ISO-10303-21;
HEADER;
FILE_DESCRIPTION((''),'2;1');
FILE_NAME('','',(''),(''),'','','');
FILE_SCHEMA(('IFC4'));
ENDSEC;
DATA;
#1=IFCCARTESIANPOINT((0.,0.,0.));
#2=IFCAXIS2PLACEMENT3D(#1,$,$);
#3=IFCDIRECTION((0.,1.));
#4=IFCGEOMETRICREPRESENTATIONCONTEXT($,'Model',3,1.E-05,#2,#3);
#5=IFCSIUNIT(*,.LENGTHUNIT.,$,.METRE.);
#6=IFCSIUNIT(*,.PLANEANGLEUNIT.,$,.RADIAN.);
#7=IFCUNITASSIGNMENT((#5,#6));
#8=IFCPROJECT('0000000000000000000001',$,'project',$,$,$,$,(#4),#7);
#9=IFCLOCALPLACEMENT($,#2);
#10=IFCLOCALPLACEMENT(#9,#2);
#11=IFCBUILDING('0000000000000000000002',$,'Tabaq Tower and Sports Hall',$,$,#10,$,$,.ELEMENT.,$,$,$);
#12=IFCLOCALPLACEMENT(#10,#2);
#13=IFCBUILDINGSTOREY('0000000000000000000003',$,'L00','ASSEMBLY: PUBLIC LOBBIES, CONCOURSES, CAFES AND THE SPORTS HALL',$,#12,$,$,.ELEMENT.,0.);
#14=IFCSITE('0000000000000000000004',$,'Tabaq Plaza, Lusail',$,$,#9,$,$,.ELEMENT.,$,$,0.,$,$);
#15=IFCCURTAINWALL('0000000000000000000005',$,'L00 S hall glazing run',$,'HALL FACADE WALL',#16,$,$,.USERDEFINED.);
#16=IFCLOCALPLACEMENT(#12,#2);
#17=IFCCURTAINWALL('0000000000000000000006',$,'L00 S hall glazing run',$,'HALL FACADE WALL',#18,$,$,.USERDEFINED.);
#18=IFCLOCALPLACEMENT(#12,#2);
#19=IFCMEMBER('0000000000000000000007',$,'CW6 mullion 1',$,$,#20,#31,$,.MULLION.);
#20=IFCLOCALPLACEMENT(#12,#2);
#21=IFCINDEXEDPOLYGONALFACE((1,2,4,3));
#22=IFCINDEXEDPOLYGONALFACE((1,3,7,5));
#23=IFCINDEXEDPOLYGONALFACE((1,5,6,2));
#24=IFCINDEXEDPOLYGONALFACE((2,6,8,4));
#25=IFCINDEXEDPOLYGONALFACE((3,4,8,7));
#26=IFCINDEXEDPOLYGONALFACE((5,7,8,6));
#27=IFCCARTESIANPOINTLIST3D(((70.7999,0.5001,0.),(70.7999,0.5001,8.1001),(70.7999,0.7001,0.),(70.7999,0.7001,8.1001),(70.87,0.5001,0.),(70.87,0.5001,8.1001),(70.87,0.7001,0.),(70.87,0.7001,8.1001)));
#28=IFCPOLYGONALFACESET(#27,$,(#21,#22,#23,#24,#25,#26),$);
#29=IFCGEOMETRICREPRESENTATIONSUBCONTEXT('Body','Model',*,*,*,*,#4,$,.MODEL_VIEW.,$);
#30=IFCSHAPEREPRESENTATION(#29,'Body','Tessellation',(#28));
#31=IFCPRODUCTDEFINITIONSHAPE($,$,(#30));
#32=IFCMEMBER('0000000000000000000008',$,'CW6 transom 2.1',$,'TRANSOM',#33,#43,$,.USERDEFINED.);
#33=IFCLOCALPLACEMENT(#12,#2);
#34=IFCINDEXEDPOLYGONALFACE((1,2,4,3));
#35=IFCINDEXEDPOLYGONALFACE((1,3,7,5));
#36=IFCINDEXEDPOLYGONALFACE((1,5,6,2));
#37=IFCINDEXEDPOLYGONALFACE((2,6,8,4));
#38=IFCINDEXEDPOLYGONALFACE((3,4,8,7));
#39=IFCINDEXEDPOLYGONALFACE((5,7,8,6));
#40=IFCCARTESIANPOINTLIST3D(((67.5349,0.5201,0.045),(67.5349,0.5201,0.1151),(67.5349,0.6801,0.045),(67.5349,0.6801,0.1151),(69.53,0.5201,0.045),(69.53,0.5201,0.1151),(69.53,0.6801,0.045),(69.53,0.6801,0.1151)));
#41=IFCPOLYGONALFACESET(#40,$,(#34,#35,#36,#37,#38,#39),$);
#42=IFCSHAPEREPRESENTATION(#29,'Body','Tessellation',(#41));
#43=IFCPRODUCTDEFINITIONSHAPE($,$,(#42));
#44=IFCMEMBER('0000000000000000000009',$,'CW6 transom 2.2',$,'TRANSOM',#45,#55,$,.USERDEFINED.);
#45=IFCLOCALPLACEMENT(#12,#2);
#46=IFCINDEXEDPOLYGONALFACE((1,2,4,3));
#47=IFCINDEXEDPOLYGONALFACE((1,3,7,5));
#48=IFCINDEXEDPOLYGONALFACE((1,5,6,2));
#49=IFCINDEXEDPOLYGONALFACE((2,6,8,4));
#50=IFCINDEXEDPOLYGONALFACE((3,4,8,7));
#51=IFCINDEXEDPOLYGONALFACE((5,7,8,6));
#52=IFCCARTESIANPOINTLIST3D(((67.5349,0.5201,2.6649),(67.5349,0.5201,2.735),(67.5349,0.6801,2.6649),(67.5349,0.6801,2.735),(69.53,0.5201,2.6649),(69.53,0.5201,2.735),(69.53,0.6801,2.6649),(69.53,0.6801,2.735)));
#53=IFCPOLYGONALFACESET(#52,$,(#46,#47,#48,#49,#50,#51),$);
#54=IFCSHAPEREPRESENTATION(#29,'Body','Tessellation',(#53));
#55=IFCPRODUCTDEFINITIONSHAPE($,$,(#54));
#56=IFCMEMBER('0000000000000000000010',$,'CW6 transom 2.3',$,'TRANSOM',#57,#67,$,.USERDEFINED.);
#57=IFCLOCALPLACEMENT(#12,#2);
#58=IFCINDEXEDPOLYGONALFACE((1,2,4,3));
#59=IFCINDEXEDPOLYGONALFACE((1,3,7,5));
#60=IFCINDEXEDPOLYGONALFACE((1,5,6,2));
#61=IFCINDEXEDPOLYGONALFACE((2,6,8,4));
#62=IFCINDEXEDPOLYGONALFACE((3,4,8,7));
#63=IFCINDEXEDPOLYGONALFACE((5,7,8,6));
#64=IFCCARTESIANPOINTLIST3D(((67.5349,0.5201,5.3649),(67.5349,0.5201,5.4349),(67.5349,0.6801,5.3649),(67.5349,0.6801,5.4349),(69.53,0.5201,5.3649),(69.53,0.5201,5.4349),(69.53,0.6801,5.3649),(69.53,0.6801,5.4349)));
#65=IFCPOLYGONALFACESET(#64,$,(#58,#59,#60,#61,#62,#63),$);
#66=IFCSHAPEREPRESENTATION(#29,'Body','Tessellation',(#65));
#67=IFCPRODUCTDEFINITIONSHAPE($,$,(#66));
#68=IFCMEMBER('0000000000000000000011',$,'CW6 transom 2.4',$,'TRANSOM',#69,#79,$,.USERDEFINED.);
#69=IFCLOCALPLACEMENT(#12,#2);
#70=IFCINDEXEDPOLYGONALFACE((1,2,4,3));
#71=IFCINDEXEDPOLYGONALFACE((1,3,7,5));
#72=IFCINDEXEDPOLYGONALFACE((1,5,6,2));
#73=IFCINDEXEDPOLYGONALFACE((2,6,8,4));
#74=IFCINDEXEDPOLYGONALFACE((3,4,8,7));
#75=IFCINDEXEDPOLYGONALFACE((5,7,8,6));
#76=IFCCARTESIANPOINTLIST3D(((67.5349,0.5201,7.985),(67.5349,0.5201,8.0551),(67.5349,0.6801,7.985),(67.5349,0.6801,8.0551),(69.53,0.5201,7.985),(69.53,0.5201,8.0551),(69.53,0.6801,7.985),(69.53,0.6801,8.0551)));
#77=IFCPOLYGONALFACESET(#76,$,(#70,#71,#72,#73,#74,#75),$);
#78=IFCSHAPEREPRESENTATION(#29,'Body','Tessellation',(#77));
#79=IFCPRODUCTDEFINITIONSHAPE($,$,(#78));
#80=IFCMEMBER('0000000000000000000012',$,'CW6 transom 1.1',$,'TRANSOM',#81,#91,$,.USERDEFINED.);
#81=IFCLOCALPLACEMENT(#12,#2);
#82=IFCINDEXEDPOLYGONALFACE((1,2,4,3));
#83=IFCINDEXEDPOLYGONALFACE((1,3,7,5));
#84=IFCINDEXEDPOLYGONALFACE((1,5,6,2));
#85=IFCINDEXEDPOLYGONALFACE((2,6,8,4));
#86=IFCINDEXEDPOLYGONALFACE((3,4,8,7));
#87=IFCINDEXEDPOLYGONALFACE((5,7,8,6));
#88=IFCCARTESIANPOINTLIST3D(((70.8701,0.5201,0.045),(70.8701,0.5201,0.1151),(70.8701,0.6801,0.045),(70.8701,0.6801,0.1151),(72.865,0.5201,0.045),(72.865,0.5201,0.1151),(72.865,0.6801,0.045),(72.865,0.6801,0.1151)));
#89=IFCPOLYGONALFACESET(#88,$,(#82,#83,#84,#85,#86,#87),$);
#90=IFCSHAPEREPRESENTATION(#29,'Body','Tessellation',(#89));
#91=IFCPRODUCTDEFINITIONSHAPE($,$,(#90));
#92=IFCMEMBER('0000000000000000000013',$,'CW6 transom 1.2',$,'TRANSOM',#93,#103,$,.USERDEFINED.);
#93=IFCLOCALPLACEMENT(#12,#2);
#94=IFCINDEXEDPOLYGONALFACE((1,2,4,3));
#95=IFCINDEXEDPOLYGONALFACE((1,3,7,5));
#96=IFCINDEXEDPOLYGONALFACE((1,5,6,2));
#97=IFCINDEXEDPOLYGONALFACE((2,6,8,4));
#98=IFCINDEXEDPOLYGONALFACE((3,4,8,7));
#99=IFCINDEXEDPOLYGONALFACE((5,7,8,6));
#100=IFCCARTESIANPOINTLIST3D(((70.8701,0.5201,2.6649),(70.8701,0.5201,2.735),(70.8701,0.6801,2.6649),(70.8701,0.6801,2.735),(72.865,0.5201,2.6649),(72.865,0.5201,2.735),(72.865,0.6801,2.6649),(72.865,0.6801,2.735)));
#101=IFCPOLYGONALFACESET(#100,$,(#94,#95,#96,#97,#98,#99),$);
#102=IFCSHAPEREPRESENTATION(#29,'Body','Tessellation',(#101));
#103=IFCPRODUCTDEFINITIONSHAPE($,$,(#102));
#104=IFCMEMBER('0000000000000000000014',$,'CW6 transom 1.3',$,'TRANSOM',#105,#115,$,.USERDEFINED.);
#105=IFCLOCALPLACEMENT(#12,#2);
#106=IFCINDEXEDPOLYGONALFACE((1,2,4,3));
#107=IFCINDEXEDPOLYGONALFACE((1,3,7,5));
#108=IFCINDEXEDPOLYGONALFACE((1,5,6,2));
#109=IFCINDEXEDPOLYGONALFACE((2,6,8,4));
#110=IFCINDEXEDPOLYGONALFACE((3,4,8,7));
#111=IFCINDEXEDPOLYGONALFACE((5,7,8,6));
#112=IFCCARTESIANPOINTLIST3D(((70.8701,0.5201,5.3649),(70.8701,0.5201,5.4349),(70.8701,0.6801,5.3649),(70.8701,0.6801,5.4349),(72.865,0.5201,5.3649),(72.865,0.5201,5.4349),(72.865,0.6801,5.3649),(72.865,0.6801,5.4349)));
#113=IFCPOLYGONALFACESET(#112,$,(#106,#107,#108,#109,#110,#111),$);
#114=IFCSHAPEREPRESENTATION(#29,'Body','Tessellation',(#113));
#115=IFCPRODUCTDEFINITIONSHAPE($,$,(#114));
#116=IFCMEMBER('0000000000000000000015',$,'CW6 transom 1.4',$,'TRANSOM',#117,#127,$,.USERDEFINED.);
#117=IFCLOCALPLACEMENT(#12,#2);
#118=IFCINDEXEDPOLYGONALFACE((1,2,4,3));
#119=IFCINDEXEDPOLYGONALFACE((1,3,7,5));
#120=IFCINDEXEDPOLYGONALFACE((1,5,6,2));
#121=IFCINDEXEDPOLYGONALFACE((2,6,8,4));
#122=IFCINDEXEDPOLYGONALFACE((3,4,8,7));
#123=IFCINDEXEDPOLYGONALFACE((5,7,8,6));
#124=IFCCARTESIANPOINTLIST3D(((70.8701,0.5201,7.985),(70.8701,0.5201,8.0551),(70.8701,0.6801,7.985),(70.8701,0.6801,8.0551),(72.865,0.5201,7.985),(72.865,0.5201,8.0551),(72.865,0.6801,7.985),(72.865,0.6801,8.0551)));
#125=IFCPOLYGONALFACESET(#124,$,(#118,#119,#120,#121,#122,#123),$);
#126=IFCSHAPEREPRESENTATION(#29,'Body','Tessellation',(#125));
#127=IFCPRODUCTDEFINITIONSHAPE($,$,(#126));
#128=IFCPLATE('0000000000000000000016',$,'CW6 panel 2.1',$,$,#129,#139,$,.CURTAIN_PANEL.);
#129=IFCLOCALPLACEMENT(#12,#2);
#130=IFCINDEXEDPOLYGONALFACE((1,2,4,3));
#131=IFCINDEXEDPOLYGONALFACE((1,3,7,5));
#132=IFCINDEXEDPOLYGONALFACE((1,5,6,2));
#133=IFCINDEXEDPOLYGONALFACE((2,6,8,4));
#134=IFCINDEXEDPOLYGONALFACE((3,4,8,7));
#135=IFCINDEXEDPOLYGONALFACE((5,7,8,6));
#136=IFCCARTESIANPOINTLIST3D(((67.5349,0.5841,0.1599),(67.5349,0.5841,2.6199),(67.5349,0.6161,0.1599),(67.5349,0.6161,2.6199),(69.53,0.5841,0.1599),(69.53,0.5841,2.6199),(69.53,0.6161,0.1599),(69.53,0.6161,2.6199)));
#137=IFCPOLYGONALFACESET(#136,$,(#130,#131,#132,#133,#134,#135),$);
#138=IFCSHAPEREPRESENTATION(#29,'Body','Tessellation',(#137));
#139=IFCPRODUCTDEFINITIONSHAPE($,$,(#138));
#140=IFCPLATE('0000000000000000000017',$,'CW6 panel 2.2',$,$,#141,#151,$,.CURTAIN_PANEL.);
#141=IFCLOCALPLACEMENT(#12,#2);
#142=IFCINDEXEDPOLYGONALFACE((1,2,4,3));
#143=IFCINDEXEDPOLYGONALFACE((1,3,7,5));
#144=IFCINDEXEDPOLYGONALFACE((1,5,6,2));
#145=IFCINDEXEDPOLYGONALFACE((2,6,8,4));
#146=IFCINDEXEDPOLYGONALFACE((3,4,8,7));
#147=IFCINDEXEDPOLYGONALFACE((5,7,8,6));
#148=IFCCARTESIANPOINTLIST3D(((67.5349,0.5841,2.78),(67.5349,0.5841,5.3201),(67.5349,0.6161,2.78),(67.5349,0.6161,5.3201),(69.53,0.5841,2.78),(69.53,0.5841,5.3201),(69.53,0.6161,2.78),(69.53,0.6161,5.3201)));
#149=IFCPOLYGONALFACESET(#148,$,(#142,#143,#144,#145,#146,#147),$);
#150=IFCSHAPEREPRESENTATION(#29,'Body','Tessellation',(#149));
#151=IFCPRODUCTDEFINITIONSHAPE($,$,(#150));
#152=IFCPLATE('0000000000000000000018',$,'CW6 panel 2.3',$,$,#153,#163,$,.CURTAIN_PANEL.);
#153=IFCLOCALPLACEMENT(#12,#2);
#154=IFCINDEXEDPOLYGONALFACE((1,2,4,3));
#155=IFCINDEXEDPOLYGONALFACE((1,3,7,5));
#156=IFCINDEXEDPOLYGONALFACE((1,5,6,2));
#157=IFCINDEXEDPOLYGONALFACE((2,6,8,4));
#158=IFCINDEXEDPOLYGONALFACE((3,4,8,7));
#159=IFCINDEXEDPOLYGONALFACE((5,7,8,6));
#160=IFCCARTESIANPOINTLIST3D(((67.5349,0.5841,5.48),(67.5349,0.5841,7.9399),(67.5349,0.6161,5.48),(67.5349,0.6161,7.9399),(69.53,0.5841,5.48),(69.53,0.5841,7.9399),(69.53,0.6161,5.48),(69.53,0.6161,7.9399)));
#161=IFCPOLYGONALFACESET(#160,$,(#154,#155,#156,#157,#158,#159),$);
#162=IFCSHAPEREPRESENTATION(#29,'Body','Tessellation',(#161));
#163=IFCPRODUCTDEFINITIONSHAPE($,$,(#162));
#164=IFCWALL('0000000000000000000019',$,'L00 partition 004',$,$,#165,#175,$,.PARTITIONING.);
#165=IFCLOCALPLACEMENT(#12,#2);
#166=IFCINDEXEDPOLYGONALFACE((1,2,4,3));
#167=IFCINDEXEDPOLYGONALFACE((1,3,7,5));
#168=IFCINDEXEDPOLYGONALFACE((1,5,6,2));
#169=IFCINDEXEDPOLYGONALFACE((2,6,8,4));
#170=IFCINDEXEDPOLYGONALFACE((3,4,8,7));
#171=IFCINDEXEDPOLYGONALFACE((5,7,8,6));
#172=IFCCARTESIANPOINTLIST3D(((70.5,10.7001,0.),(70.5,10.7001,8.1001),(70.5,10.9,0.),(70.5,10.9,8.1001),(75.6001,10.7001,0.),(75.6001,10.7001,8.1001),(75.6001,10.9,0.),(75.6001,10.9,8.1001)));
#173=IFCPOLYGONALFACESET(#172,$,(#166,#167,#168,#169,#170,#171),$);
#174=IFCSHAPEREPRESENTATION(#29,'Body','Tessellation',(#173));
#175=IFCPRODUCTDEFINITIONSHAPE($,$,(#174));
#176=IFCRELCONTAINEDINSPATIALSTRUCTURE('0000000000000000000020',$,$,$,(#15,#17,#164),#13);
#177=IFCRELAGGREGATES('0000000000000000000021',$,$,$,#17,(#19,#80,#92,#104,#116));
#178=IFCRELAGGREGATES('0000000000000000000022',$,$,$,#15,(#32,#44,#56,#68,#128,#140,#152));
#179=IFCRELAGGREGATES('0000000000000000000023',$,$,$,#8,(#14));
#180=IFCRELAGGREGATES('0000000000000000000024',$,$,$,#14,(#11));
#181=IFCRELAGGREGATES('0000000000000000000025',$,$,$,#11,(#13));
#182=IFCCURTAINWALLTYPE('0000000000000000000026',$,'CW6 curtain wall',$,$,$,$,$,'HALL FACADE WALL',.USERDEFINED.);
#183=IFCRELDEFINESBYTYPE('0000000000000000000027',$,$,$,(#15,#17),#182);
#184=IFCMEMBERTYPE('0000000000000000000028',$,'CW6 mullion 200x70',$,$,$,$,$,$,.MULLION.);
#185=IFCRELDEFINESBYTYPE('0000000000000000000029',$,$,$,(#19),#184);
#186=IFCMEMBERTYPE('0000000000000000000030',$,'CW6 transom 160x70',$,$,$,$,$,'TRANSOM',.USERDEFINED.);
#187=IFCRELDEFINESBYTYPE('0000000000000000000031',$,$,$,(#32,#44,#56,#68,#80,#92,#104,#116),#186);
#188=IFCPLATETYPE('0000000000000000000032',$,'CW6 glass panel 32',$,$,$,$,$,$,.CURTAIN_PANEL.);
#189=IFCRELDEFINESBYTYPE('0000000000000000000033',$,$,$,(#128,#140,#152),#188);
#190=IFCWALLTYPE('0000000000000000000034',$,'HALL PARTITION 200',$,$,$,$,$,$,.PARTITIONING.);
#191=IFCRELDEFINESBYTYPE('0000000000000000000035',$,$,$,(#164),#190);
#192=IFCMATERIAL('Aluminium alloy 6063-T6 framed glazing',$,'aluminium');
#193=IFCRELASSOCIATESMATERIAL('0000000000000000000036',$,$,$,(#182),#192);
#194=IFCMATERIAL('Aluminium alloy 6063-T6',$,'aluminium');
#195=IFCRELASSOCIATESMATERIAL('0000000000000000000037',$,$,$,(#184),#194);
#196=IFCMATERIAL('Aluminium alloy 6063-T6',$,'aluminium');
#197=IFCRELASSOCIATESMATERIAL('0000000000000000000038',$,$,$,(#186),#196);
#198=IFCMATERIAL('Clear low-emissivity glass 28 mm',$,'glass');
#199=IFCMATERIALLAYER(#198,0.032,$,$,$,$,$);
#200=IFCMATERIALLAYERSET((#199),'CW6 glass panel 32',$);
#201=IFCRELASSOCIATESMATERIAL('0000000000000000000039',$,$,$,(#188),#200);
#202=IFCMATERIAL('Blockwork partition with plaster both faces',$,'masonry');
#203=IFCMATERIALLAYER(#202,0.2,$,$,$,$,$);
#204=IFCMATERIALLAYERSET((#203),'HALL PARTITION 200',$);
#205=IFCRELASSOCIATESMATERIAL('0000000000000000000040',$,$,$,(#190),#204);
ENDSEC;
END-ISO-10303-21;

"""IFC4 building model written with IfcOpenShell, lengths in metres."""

from ifc_helpers import new_model, si_unit, direction, frame, frame_2d, origin, origin_2d, place, context, subcontext, project, spatial, rectangle, extrude, material, layer, layer_set, material_profile, profile_set, type_object, element, aggregate, save


model = new_model("IFC4")

# Units and contexts
model_context = context("Model", 3, precision=1e-05, world=origin(), true_north=direction((0.0, 1.0)))
body_context = subcontext(model_context, "Body", "Model", "MODEL_VIEW")
ifc_project = project(units=[si_unit("LENGTHUNIT", "METRE"), si_unit("PLANEANGLEUNIT", "RADIAN")], contexts=[model_context])

# Site, building, storey
site_placement = place(None, origin())
site = spatial("IfcSite", under=ifc_project, at=site_placement, Name="Tabaq Plaza, Lusail", CompositionType="ELEMENT", RefElevation=0.0)
building_placement = place(site_placement, origin())
building = spatial("IfcBuilding", under=site, at=building_placement, Name="Tabaq Tower and Sports Hall", CompositionType="ELEMENT")
storey_placement = place(building_placement, origin())
storey = spatial("IfcBuildingStorey", under=building, at=storey_placement, Name="L00", Description="ASSEMBLY: PUBLIC LOBBIES, CONCOURSES, CAFES AND THE SPORTS HALL", CompositionType="ELEMENT", Elevation=0.0)

# Curtain wall
ifc_material_1 = material(Name="Aluminium alloy 6063-T6 framed glazing", Category="aluminium")
curtain_wall_type = type_object("IfcCurtainWallType", Name="CW6 curtain wall", ElementType="HALL FACADE WALL", PredefinedType="USERDEFINED", material=ifc_material_1)
curtain_wall_1_placement = place(storey_placement, origin())
curtain_wall_1 = element("IfcCurtainWall", 1, at=curtain_wall_1_placement, inside=storey, type_object=curtain_wall_type, Name="L00 S hall glazing run", ObjectType="HALL FACADE WALL", PredefinedType="USERDEFINED")
ifc_material_2 = material(Name="Aluminium alloy 6063-T6", Category="aluminium")
ifc_material_profile_1 = material_profile(ifc_material_2, rectangle(XDim=0.2, YDim=0.0701, at=origin_2d()), Name="MULLION 200x70")
ifc_profile_set_1 = profile_set([ifc_material_profile_1], Name="Aluminium alloy 6063-T6")
member_type_1 = type_object("IfcMemberType", Name="CW6 mullion 200x70", PredefinedType="MULLION", material=ifc_profile_set_1)

# Curtain wall, member
curtain_wall_2_placement = place(storey_placement, origin())
curtain_wall_2 = element("IfcCurtainWall", 2, at=curtain_wall_2_placement, inside=storey, type_object=curtain_wall_type, Name="L00 S hall glazing run", ObjectType="HALL FACADE WALL", PredefinedType="USERDEFINED")
member_1_placement = place(storey_placement, frame((70.835, 0.6001, 0.0), z_axis=(0.0, 0.0, 1.0), x_axis=(0.0, 1.0, 0.0)))
member_1 = element("IfcMember", 3, at=member_1_placement, type_object=member_type_1, Name="CW6 mullion 1", PredefinedType="MULLION", context=body_context, shape_type="SweptSolid", body=[
    extrude(rectangle(XDim=0.2, YDim=0.0701, at=origin_2d()), origin(), (0.0, 0.0, 1.0), 8.1001),
])

# Members
ifc_material_3 = material(Name="Aluminium alloy 6063-T6", Category="aluminium")
ifc_material_profile_2 = material_profile(ifc_material_3, rectangle(XDim=0.1599, YDim=0.0701, at=origin_2d()), Name="TRANSOM 160x70")
ifc_profile_set_2 = profile_set([ifc_material_profile_2], Name="Aluminium alloy 6063-T6")
member_type_2 = type_object("IfcMemberType", Name="CW6 transom 160x70", ElementType="TRANSOM", PredefinedType="USERDEFINED", material=ifc_profile_set_2)
member_2_placement = place(storey_placement, frame((67.5349, 0.6001, 0.0801), z_axis=(1.0, 0.0, 0.0), x_axis=(0.0, 1.0, 0.0)))
member_2 = element("IfcMember", 4, at=member_2_placement, type_object=member_type_2, Name="CW6 transom 2.1", ObjectType="TRANSOM", PredefinedType="USERDEFINED", context=body_context, shape_type="SweptSolid", body=[
    extrude(rectangle(XDim=0.1599, YDim=0.0701, at=origin_2d()), origin(), (0.0, 0.0, 1.0), 1.9951),
])
member_3_placement = place(storey_placement, frame((67.5349, 0.6001, 2.7), z_axis=(1.0, 0.0, 0.0), x_axis=(0.0, 1.0, 0.0)))
member_3 = element("IfcMember", 5, at=member_3_placement, type_object=member_type_2, Name="CW6 transom 2.2", ObjectType="TRANSOM", PredefinedType="USERDEFINED", context=body_context, shape_type="SweptSolid", body=[
    extrude(rectangle(XDim=0.1599, YDim=0.0701, at=origin_2d()), origin(), (0.0, 0.0, 1.0), 1.9951),
])
member_4_placement = place(storey_placement, frame((67.5349, 0.6001, 5.3999), z_axis=(1.0, 0.0, 0.0), x_axis=(0.0, 1.0, 0.0)))
member_4 = element("IfcMember", 6, at=member_4_placement, type_object=member_type_2, Name="CW6 transom 2.3", ObjectType="TRANSOM", PredefinedType="USERDEFINED", context=body_context, shape_type="SweptSolid", body=[
    extrude(rectangle(XDim=0.1599, YDim=0.0701, at=origin_2d()), origin(), (0.0, 0.0, 1.0), 1.9951),
])
member_5_placement = place(storey_placement, frame((67.5349, 0.6001, 8.02), z_axis=(1.0, 0.0, 0.0), x_axis=(0.0, 1.0, 0.0)))
member_5 = element("IfcMember", 7, at=member_5_placement, type_object=member_type_2, Name="CW6 transom 2.4", ObjectType="TRANSOM", PredefinedType="USERDEFINED", context=body_context, shape_type="SweptSolid", body=[
    extrude(rectangle(XDim=0.1599, YDim=0.0701, at=origin_2d()), origin(), (0.0, 0.0, 1.0), 1.9951),
])
member_6_placement = place(storey_placement, frame((70.8701, 0.6001, 0.0801), z_axis=(1.0, 0.0, 0.0), x_axis=(0.0, 1.0, 0.0)))
member_6 = element("IfcMember", 8, at=member_6_placement, type_object=member_type_2, Name="CW6 transom 1.1", ObjectType="TRANSOM", PredefinedType="USERDEFINED", context=body_context, shape_type="SweptSolid", body=[
    extrude(rectangle(XDim=0.1599, YDim=0.0701, at=origin_2d()), origin(), (0.0, 0.0, 1.0), 1.9949),
])
member_7_placement = place(storey_placement, frame((70.8701, 0.6001, 2.7), z_axis=(1.0, 0.0, 0.0), x_axis=(0.0, 1.0, 0.0)))
member_7 = element("IfcMember", 9, at=member_7_placement, type_object=member_type_2, Name="CW6 transom 1.2", ObjectType="TRANSOM", PredefinedType="USERDEFINED", context=body_context, shape_type="SweptSolid", body=[
    extrude(rectangle(XDim=0.1599, YDim=0.0701, at=origin_2d()), origin(), (0.0, 0.0, 1.0), 1.9949),
])
member_8_placement = place(storey_placement, frame((70.8701, 0.6001, 5.3999), z_axis=(1.0, 0.0, 0.0), x_axis=(0.0, 1.0, 0.0)))
member_8 = element("IfcMember", 10, at=member_8_placement, type_object=member_type_2, Name="CW6 transom 1.3", ObjectType="TRANSOM", PredefinedType="USERDEFINED", context=body_context, shape_type="SweptSolid", body=[
    extrude(rectangle(XDim=0.1599, YDim=0.0701, at=origin_2d()), origin(), (0.0, 0.0, 1.0), 1.9949),
])
member_9_placement = place(storey_placement, frame((70.8701, 0.6001, 8.02), z_axis=(1.0, 0.0, 0.0), x_axis=(0.0, 1.0, 0.0)))
member_9 = element("IfcMember", 11, at=member_9_placement, type_object=member_type_2, Name="CW6 transom 1.4", ObjectType="TRANSOM", PredefinedType="USERDEFINED", context=body_context, shape_type="SweptSolid", body=[
    extrude(rectangle(XDim=0.1599, YDim=0.0701, at=origin_2d()), origin(), (0.0, 0.0, 1.0), 1.9949),
])
aggregate(curtain_wall_2, [member_1, member_6, member_7, member_8, member_9])

# Plates
ifc_material_4 = material(Name="Clear low-emissivity glass 28 mm", Category="glass")
ifc_layer_1 = layer(ifc_material_4, 0.032)
ifc_layer_set_1 = layer_set([ifc_layer_1], Name="CW6 glass panel 32")
plate_type = type_object("IfcPlateType", Name="CW6 glass panel 32", PredefinedType="CURTAIN_PANEL", material=ifc_layer_set_1)
plate_1_placement = place(storey_placement, frame((68.5325, 0.6001, 0.1599), z_axis=(0.0, 0.0, 1.0), x_axis=(1.0, 0.0, 0.0)))
plate_1 = element("IfcPlate", 12, at=plate_1_placement, type_object=plate_type, Name="CW6 panel 2.1", PredefinedType="CURTAIN_PANEL", context=body_context, shape_type="SweptSolid", body=[
    extrude(rectangle(XDim=1.9951, YDim=0.032, at=origin_2d()), origin(), (0.0, 0.0, 1.0), 2.46),
])
plate_2_placement = place(storey_placement, frame((68.5325, 0.6001, 2.78), z_axis=(0.0, 0.0, 1.0), x_axis=(1.0, 0.0, 0.0)))
plate_2 = element("IfcPlate", 13, at=plate_2_placement, type_object=plate_type, Name="CW6 panel 2.2", PredefinedType="CURTAIN_PANEL", context=body_context, shape_type="SweptSolid", body=[
    extrude(rectangle(XDim=1.9951, YDim=0.032, at=origin_2d()), origin(), (0.0, 0.0, 1.0), 2.54),
])
plate_3_placement = place(storey_placement, frame((68.5325, 0.6001, 5.48), z_axis=(0.0, 0.0, 1.0), x_axis=(1.0, 0.0, 0.0)))
plate_3 = element("IfcPlate", 14, at=plate_3_placement, type_object=plate_type, Name="CW6 panel 2.3", PredefinedType="CURTAIN_PANEL", context=body_context, shape_type="SweptSolid", body=[
    extrude(rectangle(XDim=1.9951, YDim=0.032, at=origin_2d()), origin(), (0.0, 0.0, 1.0), 2.46),
])
aggregate(curtain_wall_1, [member_2, member_3, member_4, member_5, plate_1, plate_2, plate_3])

# Shared definitions
ifc_material_5 = material(Name="Blockwork partition with plaster both faces", Category="masonry")
ifc_layer_2 = layer(ifc_material_5, 0.2)
ifc_layer_set_2 = layer_set([ifc_layer_2], Name="HALL PARTITION 200")
wall_type = type_object("IfcWallType", Name="HALL PARTITION 200", PredefinedType="PARTITIONING", material=ifc_layer_set_2)

# Wall
wall_1_placement = place(storey_placement, frame((70.5, 10.8, 0.0), z_axis=(0.0, 0.0, 1.0), x_axis=(1.0, 0.0, 0.0)))
element("IfcWall", 15, at=wall_1_placement, inside=storey, type_object=wall_type, Name="L00 partition 004", PredefinedType="PARTITIONING", context=body_context, shape_type="SweptSolid", body=[
    extrude(rectangle(XDim=5.1001, YDim=0.2, at=frame_2d((2.55, 0.0))), origin(), (0.0, 0.0, 1.0), 8.1001),
])

save(model, "model.ifc")
